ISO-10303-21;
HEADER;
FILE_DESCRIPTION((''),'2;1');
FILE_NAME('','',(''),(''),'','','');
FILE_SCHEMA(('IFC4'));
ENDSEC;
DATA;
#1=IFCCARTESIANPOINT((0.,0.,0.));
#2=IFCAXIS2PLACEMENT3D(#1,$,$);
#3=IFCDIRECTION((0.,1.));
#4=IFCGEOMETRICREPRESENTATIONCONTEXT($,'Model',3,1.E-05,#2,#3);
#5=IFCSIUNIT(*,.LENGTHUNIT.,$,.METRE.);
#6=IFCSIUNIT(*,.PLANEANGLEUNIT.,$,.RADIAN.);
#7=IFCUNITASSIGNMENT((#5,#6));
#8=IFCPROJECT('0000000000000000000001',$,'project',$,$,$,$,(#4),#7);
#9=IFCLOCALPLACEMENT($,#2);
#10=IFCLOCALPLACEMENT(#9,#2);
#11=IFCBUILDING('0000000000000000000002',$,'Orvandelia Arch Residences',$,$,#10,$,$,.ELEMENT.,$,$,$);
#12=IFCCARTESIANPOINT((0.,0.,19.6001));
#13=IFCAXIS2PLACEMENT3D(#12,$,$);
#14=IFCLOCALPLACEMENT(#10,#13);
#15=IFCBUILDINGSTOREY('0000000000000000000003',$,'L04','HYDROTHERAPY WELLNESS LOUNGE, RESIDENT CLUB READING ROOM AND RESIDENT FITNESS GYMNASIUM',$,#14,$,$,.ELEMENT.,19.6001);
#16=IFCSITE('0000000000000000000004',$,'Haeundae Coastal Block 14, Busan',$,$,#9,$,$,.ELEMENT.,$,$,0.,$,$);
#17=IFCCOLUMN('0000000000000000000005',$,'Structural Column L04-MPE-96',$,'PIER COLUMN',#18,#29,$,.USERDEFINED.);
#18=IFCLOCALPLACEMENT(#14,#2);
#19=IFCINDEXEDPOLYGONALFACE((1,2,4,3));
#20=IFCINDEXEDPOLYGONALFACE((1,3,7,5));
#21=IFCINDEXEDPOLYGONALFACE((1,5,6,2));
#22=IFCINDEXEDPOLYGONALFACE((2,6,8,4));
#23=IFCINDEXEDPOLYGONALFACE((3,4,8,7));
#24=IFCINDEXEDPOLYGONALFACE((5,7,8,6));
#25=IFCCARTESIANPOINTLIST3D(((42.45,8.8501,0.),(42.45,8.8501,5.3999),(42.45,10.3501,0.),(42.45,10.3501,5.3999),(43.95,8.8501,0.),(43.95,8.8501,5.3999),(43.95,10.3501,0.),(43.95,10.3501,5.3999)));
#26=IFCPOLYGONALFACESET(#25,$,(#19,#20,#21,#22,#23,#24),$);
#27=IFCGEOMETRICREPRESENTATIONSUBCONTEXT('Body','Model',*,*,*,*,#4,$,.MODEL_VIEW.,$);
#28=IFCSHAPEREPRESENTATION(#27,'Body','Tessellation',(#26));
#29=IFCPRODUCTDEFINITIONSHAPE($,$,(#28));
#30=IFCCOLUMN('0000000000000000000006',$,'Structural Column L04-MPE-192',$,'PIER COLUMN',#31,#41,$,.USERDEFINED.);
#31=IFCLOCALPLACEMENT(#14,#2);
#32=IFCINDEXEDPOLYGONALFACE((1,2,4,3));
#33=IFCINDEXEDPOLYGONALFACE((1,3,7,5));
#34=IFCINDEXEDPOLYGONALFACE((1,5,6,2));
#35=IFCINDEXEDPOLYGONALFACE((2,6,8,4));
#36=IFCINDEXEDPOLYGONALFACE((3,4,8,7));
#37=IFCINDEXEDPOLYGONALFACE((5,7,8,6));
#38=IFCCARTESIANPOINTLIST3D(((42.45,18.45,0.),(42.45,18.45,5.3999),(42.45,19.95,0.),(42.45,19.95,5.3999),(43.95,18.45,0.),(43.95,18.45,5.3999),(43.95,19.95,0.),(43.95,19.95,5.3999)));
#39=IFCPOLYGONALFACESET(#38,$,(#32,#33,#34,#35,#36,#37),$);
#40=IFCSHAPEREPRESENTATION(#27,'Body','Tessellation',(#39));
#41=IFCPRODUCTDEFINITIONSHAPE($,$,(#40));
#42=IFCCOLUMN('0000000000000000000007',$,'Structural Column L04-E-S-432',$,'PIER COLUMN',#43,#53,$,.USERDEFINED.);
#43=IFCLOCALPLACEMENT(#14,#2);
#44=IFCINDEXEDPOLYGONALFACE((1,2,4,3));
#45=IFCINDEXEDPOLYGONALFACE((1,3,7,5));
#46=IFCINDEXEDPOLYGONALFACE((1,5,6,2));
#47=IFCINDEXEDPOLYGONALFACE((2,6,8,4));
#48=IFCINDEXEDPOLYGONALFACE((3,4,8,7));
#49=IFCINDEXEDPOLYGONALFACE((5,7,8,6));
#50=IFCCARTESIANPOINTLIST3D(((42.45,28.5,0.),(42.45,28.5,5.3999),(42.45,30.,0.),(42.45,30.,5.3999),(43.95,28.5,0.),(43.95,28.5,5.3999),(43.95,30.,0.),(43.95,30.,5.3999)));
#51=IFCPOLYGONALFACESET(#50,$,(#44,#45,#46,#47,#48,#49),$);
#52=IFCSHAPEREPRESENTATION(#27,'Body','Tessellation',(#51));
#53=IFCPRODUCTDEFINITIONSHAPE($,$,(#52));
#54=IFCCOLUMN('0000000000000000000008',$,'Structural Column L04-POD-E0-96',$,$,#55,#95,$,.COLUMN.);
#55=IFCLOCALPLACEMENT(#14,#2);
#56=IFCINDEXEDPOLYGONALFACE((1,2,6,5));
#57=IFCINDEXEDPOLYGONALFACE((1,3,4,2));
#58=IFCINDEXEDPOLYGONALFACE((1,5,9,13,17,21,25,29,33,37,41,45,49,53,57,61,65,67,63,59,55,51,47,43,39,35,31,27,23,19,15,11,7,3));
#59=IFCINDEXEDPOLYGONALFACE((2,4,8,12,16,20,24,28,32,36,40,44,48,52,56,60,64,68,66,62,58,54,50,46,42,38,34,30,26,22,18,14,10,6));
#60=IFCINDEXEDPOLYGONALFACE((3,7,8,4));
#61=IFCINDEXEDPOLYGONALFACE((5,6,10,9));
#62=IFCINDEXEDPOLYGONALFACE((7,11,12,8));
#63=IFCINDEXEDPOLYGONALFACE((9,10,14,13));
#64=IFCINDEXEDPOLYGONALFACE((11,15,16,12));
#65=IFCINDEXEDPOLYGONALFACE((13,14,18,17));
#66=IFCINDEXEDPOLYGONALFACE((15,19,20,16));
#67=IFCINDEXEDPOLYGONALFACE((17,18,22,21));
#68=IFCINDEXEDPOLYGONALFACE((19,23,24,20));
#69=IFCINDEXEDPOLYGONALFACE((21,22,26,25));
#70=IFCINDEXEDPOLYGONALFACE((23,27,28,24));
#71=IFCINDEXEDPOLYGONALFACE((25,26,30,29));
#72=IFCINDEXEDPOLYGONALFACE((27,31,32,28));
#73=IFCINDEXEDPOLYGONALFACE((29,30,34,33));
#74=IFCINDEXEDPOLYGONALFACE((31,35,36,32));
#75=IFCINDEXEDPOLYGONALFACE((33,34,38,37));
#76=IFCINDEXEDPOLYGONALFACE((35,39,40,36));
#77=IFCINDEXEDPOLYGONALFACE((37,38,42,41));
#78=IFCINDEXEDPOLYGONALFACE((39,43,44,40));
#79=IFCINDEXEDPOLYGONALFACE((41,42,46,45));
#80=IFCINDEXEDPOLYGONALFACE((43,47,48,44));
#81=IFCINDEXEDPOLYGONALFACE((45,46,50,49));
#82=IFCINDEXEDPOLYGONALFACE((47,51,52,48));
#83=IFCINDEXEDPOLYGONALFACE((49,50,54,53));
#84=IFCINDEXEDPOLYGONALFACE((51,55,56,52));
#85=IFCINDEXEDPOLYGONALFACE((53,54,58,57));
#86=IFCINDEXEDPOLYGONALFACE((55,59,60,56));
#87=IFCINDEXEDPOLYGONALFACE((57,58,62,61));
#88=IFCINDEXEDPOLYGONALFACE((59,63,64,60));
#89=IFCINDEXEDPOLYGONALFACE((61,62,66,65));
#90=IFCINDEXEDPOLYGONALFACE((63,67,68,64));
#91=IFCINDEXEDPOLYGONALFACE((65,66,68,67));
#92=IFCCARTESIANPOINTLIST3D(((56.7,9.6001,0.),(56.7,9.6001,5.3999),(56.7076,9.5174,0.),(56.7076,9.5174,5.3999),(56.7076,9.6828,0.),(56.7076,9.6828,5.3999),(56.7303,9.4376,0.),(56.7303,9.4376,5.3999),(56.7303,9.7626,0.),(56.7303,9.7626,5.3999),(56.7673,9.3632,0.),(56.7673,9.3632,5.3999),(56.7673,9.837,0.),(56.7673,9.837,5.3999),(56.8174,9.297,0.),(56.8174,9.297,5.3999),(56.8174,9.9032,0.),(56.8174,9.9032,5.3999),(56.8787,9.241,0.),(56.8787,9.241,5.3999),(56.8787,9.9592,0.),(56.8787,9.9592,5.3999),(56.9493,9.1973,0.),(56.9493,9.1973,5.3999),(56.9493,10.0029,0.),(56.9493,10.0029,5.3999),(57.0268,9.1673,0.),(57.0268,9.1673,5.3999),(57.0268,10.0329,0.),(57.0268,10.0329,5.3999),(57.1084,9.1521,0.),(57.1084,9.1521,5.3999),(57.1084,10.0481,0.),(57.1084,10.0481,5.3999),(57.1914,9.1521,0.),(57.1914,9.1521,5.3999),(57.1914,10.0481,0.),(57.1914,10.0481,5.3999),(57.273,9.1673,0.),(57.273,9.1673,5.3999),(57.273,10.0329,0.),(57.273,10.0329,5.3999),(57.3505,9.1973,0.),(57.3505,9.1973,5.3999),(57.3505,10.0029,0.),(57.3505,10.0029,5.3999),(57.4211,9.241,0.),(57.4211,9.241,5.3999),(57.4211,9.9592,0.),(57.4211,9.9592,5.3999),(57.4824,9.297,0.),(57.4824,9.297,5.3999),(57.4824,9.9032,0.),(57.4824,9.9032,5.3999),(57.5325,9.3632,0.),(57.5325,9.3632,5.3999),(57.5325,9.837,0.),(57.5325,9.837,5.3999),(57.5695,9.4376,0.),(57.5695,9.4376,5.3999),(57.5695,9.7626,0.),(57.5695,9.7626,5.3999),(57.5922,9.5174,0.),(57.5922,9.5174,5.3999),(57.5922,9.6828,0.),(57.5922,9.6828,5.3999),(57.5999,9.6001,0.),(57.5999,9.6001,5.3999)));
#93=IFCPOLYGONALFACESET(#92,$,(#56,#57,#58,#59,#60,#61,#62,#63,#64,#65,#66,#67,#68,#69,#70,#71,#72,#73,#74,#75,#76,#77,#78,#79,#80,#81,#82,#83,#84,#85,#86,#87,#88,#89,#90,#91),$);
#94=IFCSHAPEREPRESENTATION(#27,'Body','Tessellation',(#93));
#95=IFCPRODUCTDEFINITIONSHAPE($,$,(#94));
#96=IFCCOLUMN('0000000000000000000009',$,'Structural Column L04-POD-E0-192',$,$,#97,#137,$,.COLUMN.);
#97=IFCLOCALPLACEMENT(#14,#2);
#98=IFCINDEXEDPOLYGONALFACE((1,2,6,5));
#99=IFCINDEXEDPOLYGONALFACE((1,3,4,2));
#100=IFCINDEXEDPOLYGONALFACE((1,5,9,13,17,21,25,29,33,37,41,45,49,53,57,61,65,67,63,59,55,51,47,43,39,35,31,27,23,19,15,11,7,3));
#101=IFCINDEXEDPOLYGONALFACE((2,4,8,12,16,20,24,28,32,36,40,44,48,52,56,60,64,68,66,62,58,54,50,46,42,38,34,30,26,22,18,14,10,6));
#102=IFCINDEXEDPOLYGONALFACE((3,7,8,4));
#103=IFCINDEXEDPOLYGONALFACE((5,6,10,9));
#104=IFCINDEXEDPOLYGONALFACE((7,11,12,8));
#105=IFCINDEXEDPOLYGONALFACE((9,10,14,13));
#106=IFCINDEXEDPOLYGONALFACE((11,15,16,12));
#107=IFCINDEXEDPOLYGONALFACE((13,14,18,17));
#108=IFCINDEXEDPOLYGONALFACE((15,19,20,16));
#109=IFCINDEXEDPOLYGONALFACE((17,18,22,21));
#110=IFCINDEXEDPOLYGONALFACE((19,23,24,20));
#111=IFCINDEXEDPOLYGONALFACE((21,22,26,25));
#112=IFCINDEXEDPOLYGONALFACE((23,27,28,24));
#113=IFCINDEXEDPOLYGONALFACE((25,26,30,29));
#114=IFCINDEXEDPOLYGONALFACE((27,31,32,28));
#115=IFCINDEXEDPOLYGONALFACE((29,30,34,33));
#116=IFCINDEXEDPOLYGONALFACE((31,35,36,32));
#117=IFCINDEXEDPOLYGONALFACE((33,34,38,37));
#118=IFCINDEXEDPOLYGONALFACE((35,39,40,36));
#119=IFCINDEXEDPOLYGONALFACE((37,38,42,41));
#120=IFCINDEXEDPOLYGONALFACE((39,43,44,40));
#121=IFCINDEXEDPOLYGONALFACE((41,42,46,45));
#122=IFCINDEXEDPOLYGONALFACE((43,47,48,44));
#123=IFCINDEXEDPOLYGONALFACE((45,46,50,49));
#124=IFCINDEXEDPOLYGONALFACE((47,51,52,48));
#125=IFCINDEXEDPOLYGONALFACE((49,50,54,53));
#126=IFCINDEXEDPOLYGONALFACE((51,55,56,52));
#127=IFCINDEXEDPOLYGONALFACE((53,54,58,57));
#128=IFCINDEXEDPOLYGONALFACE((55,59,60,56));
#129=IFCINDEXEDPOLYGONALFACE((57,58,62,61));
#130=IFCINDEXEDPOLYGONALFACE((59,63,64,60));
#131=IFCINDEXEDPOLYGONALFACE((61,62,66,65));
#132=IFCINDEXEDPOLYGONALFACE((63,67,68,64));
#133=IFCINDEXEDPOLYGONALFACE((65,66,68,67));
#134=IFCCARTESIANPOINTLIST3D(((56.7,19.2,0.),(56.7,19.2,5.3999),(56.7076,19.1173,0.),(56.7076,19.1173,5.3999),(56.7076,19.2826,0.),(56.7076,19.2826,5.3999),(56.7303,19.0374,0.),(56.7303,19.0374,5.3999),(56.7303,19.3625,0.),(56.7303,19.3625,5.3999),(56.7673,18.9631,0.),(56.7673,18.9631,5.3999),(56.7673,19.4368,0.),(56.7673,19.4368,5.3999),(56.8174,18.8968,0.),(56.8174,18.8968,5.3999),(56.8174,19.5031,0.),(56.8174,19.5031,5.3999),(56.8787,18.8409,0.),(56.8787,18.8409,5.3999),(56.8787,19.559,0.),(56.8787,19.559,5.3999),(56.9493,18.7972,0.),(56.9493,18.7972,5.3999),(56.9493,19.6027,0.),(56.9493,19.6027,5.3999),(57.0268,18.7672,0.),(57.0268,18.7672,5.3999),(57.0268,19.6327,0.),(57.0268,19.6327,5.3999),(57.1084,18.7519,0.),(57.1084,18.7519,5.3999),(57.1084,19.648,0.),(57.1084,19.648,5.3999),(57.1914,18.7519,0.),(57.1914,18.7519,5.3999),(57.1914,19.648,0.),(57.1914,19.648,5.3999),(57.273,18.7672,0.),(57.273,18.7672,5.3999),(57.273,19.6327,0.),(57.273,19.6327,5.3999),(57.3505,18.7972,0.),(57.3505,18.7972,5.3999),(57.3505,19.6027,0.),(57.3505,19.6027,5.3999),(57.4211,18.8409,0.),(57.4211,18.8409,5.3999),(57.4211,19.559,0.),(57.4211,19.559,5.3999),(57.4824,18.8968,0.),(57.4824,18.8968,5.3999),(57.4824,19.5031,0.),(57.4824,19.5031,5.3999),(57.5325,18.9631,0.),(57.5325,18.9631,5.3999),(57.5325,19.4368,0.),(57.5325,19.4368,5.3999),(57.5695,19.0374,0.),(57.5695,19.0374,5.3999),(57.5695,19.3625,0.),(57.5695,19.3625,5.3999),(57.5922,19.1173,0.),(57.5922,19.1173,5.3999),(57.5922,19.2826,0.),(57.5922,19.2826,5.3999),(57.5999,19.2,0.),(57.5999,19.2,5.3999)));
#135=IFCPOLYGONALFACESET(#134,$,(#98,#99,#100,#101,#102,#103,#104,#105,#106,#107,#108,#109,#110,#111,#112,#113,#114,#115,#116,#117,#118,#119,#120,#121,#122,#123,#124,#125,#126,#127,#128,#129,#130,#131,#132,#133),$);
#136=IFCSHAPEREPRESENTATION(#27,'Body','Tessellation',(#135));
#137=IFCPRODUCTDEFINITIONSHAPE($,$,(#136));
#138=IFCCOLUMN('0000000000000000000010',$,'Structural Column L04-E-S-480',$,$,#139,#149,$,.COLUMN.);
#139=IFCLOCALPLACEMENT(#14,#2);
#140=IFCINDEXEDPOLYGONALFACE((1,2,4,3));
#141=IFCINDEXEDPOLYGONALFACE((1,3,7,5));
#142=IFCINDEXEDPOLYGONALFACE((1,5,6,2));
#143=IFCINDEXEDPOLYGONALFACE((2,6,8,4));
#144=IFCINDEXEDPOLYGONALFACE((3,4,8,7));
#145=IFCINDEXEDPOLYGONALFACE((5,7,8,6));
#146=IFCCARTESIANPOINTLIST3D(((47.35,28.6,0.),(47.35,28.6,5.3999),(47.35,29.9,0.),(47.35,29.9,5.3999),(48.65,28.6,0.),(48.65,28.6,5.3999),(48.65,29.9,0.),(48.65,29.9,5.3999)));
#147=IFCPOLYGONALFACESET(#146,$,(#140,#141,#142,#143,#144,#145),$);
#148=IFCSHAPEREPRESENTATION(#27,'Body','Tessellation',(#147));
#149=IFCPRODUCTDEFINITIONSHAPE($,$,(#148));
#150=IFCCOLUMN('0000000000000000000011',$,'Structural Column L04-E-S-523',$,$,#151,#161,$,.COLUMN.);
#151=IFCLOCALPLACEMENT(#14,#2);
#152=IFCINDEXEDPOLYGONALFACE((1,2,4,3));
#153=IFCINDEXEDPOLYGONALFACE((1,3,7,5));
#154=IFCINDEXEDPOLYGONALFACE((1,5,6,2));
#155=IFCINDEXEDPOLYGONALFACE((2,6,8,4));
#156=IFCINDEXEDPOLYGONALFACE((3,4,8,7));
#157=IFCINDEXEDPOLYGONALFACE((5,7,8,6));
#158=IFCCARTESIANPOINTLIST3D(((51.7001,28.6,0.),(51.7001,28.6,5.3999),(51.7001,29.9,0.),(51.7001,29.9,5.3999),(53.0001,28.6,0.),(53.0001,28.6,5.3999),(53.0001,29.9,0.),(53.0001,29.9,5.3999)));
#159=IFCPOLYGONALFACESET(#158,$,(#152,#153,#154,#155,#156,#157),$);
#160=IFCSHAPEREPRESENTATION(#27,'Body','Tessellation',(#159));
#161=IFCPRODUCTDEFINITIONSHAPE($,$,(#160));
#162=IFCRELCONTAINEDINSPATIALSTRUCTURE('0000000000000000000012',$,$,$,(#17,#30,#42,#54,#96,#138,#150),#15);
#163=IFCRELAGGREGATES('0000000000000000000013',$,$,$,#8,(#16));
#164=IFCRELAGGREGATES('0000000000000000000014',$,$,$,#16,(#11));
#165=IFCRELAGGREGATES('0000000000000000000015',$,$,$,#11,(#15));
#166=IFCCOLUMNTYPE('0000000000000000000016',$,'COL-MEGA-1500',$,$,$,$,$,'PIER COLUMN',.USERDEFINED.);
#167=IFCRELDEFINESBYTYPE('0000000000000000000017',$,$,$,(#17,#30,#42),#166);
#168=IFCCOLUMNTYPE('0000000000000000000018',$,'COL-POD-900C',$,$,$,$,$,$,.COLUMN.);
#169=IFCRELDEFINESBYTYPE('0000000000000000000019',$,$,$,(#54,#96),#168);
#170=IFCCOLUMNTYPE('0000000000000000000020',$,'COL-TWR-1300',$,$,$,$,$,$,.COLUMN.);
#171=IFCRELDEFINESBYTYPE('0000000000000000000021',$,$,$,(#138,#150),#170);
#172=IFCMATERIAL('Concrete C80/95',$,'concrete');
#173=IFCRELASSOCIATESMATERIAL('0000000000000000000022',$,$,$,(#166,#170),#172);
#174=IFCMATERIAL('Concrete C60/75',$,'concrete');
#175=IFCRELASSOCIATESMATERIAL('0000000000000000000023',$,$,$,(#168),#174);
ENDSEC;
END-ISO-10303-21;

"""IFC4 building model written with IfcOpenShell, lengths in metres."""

from ifc_helpers import new_model, si_unit, direction, frame, origin, origin_2d, place, context, subcontext, project, spatial, rectangle, circle, extrude, material, material_profile, profile_set, type_object, element, save


model = new_model("IFC4")

# Units and contexts
model_context = context("Model", 3, precision=1e-05, world=origin(), true_north=direction((0.0, 1.0)))
body_context = subcontext(model_context, "Body", "Model", "MODEL_VIEW")
ifc_project = project(units=[si_unit("LENGTHUNIT", "METRE"), si_unit("PLANEANGLEUNIT", "RADIAN")], contexts=[model_context])

# Site, building, storey
site_placement = place(None, origin())
site = spatial("IfcSite", under=ifc_project, at=site_placement, Name="Haeundae Coastal Block 14, Busan", CompositionType="ELEMENT", RefElevation=0.0)
building_placement = place(site_placement, origin())
building = spatial("IfcBuilding", under=site, at=building_placement, Name="Orvandelia Arch Residences", CompositionType="ELEMENT")
storey_placement = place(building_placement, frame((0.0, 0.0, 19.6001)))
storey = spatial("IfcBuildingStorey", under=building, at=storey_placement, Name="L04", Description="HYDROTHERAPY WELLNESS LOUNGE, RESIDENT CLUB READING ROOM AND RESIDENT FITNESS GYMNASIUM", CompositionType="ELEMENT", Elevation=19.6001)

# Columns
ifc_material_1 = material(Name="Concrete C80/95", Category="concrete")
ifc_material_profile_1 = material_profile(ifc_material_1, rectangle(XDim=1.5, YDim=1.5, at=origin_2d()), Name="Concrete C80/95", Category="concrete")
ifc_profile_set_1 = profile_set([ifc_material_profile_1], Name="Concrete C80/95")
column_type_1 = type_object("IfcColumnType", Name="COL-MEGA-1500", ElementType="PIER COLUMN", PredefinedType="USERDEFINED", material=ifc_profile_set_1)
for number, where, z_axis, x_axis, name in (
    (1, (43.2, 9.6001, 0.0), (0.0, 0.0, 1.0), (1.0, 0.0, 0.0), "Structural Column L04-MPE-96"),
    (2, (43.2, 19.2, 0.0), (0.0, 0.0, 1.0), (1.0, 0.0, 0.0), "Structural Column L04-MPE-192"),
    (3, (43.2, 29.25, 0.0), (0.0, 0.0, 1.0), (1.0, 0.0, 0.0), "Structural Column L04-E-S-432"),
):
    element("IfcColumn", number, at=place(storey_placement, frame(where, z_axis=z_axis, x_axis=x_axis)), inside=storey, type_object=column_type_1, Name=name, ObjectType="PIER COLUMN", PredefinedType="USERDEFINED", context=body_context, shape_type="SweptSolid", body=[
        extrude(rectangle(XDim=1.5, YDim=1.5, at=origin_2d()), origin(), (0.0, 0.0, 1.0), 5.3999),
    ])
ifc_material_2 = material(Name="Concrete C60/75", Category="concrete")
ifc_material_profile_2 = material_profile(ifc_material_2, circle(Radius=0.45, at=origin_2d()), Name="Concrete C60/75", Category="concrete")
ifc_profile_set_2 = profile_set([ifc_material_profile_2], Name="Concrete C60/75")
column_type_2 = type_object("IfcColumnType", Name="COL-POD-900C", PredefinedType="COLUMN", material=ifc_profile_set_2)
for number, where, z_axis, x_axis, name in (
    (4, (57.1499, 9.6001, 0.0), (0.0, 0.0, 1.0), (1.0, 0.0, 0.0), "Structural Column L04-POD-E0-96"),
    (5, (57.1499, 19.2, 0.0), (0.0, 0.0, 1.0), (1.0, 0.0, 0.0), "Structural Column L04-POD-E0-192"),
):
    element("IfcColumn", number, at=place(storey_placement, frame(where, z_axis=z_axis, x_axis=x_axis)), inside=storey, type_object=column_type_2, Name=name, PredefinedType="COLUMN", context=body_context, shape_type="SweptSolid", body=[
        extrude(circle(Radius=0.45, at=origin_2d()), origin(), (0.0, 0.0, 1.0), 5.3999),
    ])
ifc_material_profile_3 = material_profile(ifc_material_1, rectangle(XDim=1.3, YDim=1.3, at=origin_2d()), Name="Concrete C80/95", Category="concrete")
ifc_profile_set_3 = profile_set([ifc_material_profile_3], Name="Concrete C80/95")
column_type_3 = type_object("IfcColumnType", Name="COL-TWR-1300", PredefinedType="COLUMN", material=ifc_profile_set_3)
for number, where, z_axis, x_axis, name in (
    (6, (48.0, 29.25, 0.0), (0.0, 0.0, 1.0), (1.0, 0.0, 0.0), "Structural Column L04-E-S-480"),
    (7, (52.3501, 29.25, 0.0), (0.0, 0.0, 1.0), (1.0, 0.0, 0.0), "Structural Column L04-E-S-523"),
):
    element("IfcColumn", number, at=place(storey_placement, frame(where, z_axis=z_axis, x_axis=x_axis)), inside=storey, type_object=column_type_3, Name=name, PredefinedType="COLUMN", context=body_context, shape_type="SweptSolid", body=[
        extrude(rectangle(XDim=1.3, YDim=1.3, at=origin_2d()), origin(), (0.0, 0.0, 1.0), 5.3999),
    ])

save(model, "model.ifc")
